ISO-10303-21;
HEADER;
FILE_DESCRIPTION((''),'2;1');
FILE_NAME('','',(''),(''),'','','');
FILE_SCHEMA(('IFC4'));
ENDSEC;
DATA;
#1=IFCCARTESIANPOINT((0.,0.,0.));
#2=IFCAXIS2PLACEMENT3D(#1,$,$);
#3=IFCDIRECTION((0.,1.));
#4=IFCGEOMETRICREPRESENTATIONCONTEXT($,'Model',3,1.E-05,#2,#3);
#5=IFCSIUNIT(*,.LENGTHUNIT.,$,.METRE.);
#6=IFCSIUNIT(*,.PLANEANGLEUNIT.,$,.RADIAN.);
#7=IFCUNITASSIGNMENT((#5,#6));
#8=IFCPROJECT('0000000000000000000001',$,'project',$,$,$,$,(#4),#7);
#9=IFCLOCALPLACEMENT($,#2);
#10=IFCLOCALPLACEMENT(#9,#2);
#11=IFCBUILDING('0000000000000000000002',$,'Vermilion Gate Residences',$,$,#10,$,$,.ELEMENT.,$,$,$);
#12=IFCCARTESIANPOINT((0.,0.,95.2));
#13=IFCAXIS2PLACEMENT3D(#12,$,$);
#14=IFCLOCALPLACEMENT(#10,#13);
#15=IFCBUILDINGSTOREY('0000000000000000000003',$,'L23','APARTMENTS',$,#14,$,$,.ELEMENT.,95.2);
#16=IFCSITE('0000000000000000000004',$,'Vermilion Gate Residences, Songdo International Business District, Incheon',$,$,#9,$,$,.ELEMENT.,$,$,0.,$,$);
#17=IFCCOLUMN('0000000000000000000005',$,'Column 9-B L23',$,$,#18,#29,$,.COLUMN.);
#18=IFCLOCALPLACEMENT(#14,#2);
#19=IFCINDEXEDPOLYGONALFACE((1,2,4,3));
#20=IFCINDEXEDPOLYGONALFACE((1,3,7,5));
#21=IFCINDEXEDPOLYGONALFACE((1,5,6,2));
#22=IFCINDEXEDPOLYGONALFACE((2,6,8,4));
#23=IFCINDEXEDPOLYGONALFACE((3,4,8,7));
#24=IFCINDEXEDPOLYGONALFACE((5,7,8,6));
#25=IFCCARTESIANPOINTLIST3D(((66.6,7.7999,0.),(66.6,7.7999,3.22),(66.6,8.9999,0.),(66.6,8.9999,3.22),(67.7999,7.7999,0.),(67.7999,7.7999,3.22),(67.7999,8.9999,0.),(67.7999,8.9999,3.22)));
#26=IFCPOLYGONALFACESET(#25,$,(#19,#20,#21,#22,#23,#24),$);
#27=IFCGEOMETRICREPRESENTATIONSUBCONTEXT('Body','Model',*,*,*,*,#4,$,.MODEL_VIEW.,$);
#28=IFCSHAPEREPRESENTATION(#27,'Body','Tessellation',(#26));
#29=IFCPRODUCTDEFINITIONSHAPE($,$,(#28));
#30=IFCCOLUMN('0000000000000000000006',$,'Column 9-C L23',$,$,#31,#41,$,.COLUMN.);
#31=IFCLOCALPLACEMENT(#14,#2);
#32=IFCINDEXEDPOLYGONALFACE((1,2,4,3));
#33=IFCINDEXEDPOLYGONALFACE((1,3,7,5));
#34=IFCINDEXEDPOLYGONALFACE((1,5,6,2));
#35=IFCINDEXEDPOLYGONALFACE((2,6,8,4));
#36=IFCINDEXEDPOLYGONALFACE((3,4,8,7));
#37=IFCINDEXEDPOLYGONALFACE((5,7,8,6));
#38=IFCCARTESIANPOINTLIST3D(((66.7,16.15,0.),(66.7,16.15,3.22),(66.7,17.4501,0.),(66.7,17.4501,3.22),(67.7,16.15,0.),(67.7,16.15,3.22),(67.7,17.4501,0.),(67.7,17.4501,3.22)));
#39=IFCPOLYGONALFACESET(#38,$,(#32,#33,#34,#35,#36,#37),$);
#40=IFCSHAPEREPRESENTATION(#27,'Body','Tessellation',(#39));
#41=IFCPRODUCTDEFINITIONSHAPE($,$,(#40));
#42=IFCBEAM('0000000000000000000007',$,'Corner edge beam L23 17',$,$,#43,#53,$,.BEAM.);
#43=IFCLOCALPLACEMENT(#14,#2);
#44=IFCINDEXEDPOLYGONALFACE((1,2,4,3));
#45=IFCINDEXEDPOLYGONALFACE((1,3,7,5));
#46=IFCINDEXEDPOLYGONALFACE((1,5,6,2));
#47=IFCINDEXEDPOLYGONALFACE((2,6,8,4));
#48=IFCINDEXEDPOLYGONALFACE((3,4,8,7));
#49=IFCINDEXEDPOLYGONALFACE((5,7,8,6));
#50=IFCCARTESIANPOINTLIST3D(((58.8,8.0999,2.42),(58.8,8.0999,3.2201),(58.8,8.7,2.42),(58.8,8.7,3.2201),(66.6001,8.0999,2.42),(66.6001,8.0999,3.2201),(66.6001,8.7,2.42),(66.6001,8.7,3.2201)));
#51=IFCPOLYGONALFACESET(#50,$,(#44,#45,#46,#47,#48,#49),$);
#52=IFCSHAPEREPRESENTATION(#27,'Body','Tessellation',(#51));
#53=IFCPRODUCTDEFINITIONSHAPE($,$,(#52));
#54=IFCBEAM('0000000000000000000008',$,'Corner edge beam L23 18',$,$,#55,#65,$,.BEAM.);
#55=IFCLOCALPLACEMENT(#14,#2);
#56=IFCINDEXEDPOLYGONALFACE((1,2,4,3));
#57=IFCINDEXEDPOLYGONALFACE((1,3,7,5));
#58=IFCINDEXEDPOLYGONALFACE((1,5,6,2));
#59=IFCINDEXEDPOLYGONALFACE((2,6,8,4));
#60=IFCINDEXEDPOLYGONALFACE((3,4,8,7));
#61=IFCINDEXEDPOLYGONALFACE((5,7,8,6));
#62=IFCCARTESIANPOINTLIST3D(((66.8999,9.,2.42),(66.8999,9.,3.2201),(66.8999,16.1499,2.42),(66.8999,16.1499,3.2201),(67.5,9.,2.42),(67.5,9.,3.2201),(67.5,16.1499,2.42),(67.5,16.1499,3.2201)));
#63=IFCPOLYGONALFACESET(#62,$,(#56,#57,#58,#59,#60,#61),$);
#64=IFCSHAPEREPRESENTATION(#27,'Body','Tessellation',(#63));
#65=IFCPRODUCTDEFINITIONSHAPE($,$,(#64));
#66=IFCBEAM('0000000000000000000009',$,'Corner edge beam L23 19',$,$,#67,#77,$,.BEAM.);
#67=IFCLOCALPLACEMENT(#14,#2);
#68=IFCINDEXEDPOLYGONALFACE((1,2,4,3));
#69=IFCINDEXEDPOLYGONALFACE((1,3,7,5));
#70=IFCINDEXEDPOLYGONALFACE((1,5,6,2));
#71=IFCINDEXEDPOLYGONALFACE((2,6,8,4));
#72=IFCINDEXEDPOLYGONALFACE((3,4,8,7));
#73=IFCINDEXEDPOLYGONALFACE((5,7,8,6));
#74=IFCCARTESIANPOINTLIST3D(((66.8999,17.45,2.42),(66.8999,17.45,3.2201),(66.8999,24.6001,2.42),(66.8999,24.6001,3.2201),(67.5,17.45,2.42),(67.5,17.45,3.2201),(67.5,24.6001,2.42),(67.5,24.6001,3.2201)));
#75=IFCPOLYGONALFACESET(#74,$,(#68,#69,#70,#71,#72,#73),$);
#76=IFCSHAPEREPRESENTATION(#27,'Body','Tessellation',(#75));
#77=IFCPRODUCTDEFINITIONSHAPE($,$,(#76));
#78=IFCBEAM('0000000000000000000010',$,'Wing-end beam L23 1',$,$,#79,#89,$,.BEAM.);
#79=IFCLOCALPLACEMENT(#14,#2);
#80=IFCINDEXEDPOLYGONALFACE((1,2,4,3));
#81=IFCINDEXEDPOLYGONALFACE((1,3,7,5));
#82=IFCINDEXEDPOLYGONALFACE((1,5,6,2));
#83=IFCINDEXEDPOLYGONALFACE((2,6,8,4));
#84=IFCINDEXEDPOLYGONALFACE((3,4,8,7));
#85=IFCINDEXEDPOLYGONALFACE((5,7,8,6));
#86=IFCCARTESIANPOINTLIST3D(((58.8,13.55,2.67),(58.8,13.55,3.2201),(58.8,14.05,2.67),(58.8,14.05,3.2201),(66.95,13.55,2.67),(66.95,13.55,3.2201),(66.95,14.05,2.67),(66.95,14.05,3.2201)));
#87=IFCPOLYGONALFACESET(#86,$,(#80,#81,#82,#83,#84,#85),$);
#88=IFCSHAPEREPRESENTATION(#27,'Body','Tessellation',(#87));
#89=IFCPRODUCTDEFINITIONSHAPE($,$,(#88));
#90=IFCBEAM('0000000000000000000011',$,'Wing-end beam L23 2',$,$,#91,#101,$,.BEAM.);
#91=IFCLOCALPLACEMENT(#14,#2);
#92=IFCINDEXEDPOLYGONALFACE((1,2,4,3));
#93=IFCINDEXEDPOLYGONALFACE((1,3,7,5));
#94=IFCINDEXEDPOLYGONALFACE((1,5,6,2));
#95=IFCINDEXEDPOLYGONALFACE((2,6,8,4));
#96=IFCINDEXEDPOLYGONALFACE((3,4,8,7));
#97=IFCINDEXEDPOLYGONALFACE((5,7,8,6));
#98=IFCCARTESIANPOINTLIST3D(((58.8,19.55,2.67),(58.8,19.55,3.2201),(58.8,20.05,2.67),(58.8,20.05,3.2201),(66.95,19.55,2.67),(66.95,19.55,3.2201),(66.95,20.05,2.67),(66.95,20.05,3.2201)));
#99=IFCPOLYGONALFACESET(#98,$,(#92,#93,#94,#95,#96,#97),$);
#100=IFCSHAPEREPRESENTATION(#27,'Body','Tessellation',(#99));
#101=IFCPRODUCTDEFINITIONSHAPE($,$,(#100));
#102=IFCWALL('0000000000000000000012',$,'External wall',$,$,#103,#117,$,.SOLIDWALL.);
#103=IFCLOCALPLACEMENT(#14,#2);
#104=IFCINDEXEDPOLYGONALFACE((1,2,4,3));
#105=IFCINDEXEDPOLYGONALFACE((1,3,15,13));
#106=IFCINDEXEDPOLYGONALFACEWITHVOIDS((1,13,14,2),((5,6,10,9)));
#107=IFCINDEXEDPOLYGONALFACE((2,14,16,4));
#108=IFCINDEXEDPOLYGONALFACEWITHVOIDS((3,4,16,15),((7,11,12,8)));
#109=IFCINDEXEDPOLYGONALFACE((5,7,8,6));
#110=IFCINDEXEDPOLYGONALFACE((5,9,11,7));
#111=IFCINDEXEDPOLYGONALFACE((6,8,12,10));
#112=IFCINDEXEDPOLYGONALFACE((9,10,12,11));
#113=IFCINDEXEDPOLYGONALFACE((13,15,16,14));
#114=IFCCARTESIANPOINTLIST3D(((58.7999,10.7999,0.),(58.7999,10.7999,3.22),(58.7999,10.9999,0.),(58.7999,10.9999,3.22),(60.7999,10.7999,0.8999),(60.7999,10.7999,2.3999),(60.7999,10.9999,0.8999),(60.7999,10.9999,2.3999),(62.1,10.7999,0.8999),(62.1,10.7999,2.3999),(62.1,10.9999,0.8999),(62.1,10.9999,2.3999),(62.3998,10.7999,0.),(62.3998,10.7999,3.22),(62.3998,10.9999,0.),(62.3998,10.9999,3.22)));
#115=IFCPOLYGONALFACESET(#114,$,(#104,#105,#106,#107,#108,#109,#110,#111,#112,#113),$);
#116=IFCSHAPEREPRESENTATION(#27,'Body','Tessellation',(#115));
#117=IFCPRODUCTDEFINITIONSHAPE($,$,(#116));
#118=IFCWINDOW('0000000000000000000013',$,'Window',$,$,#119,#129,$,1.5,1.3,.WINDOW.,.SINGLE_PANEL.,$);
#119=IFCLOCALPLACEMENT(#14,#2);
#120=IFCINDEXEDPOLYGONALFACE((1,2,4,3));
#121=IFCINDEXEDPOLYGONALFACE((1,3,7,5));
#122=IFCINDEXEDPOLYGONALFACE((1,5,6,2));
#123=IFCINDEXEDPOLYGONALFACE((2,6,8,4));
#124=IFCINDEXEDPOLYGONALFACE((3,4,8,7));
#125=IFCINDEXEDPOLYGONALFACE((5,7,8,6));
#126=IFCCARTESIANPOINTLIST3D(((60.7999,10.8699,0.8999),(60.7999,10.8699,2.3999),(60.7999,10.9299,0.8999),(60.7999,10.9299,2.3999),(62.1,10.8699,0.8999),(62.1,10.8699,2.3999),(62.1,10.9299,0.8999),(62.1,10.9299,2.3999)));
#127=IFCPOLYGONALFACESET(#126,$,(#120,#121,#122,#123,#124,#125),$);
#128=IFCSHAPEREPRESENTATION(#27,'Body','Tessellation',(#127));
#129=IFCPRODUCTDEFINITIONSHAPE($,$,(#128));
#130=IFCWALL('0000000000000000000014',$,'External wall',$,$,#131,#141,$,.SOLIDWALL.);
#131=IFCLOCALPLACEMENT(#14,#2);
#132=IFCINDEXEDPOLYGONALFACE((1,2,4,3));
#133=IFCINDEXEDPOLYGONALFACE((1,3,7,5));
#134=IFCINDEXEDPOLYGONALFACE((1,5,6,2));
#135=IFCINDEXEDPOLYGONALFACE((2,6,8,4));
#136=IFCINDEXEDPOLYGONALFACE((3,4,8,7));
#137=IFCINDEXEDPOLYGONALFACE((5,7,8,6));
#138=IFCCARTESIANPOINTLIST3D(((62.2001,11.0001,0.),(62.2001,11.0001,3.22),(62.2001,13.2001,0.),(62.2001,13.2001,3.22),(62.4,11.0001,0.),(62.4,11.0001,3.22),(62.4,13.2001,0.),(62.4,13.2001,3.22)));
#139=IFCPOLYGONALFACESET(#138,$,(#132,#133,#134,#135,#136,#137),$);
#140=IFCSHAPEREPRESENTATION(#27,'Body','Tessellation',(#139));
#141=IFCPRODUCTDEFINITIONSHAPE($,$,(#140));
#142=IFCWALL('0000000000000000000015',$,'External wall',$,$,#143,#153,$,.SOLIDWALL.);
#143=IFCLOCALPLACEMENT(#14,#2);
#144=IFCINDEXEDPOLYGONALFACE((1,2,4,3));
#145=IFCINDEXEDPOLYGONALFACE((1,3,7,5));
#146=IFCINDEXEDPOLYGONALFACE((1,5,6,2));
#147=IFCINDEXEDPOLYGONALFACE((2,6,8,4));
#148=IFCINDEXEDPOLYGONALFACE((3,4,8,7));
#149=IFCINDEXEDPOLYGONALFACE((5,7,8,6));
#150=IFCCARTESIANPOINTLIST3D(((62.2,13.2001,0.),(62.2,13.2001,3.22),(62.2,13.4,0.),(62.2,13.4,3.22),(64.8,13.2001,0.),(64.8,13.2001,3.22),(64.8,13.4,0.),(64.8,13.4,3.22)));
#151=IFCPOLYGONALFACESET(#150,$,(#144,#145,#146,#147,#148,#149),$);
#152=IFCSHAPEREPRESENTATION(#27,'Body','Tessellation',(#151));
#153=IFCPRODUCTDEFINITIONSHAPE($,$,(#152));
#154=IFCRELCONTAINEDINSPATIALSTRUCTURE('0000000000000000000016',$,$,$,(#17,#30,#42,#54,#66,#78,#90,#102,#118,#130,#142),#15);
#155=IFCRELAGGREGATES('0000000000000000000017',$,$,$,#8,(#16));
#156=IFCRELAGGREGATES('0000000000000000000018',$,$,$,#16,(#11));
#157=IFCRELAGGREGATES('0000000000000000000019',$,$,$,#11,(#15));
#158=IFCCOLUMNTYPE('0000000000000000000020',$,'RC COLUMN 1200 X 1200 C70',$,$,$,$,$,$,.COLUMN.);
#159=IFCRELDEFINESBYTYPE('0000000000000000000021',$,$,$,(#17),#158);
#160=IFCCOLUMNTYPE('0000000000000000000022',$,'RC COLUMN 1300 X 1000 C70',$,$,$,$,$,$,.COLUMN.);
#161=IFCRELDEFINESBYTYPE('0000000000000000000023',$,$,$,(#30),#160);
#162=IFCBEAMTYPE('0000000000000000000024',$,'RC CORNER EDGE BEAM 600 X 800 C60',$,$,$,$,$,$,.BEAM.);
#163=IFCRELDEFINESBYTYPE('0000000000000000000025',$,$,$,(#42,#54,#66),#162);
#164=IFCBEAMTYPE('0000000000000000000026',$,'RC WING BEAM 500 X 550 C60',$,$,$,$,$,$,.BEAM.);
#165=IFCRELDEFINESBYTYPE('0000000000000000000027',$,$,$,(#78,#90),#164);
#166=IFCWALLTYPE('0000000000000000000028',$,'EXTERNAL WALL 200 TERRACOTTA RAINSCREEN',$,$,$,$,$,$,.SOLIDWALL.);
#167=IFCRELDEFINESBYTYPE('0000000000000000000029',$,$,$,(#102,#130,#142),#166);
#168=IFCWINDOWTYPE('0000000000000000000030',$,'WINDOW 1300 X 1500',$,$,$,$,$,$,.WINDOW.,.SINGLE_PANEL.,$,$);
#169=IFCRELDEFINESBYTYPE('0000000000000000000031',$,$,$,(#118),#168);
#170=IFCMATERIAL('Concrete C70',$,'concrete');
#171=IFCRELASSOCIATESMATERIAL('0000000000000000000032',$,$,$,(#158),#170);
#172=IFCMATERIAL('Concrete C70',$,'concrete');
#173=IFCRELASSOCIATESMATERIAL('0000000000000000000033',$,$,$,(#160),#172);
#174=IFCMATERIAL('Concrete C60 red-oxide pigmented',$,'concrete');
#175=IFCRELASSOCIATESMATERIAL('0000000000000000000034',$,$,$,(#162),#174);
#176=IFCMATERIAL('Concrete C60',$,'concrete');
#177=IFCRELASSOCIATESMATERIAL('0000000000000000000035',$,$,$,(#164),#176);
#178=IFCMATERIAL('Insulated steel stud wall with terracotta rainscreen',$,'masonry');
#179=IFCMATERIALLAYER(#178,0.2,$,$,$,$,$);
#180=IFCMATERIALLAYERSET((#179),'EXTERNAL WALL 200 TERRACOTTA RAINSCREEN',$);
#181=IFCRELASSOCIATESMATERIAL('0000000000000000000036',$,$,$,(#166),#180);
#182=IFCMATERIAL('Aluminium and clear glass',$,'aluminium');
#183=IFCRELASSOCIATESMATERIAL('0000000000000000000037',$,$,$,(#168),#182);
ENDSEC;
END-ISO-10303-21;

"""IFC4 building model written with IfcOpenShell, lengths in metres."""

from ifc_helpers import new_model, si_unit, direction, frame, frame_2d, origin, origin_2d, place, context, subcontext, project, spatial, rectangle, extrude, material, layer, layer_set, material_profile, profile_set, type_object, element, fill, save


model = new_model("IFC4")

# Units and contexts
model_context = context("Model", 3, precision=1e-05, world=origin(), true_north=direction((0.0, 1.0)))
body_context = subcontext(model_context, "Body", "Model", "MODEL_VIEW")
ifc_project = project(units=[si_unit("LENGTHUNIT", "METRE"), si_unit("PLANEANGLEUNIT", "RADIAN")], contexts=[model_context])

# Site, building, storey
site_placement = place(None, origin())
site = spatial("IfcSite", under=ifc_project, at=site_placement, Name="Vermilion Gate Residences, Songdo International Business District, Incheon", CompositionType="ELEMENT", RefElevation=0.0)
building_placement = place(site_placement, origin())
building = spatial("IfcBuilding", under=site, at=building_placement, Name="Vermilion Gate Residences", CompositionType="ELEMENT")
storey_placement = place(building_placement, frame((0.0, 0.0, 95.2)))
storey = spatial("IfcBuildingStorey", under=building, at=storey_placement, Name="L23", Description="APARTMENTS", CompositionType="ELEMENT", Elevation=95.2)

# Columns
ifc_material_1 = material(Name="Concrete C70", Category="concrete")
ifc_material_profile_1 = material_profile(ifc_material_1, rectangle(XDim=1.2, YDim=1.2, at=origin_2d()), Name="RC-1200x1200")
ifc_profile_set_1 = profile_set([ifc_material_profile_1], Name="Concrete C70")
column_type_1 = type_object("IfcColumnType", Name="RC COLUMN 1200 X 1200 C70", PredefinedType="COLUMN", material=ifc_profile_set_1)
column_1_placement = place(storey_placement, frame((67.2, 8.3999, 0.0), z_axis=(0.0, 0.0, 1.0), x_axis=(1.0, 0.0, 0.0)))
element("IfcColumn", 1, at=column_1_placement, inside=storey, type_object=column_type_1, Name="Column 9-B L23", PredefinedType="COLUMN", context=body_context, shape_type="SweptSolid", body=[
    extrude(rectangle(XDim=1.2, YDim=1.2, at=origin_2d()), origin(), (0.0, 0.0, 1.0), 3.22),
])
ifc_material_2 = material(Name="Concrete C70", Category="concrete")
ifc_material_profile_2 = material_profile(ifc_material_2, rectangle(XDim=1.3, YDim=1.0, at=origin_2d()), Name="RC-1300x1000")
ifc_profile_set_2 = profile_set([ifc_material_profile_2], Name="Concrete C70")
column_type_2 = type_object("IfcColumnType", Name="RC COLUMN 1300 X 1000 C70", PredefinedType="COLUMN", material=ifc_profile_set_2)
column_2_placement = place(storey_placement, frame((67.2, 16.8, 0.0), z_axis=(0.0, 0.0, 1.0), x_axis=(0.0, 1.0, 0.0)))
element("IfcColumn", 2, at=column_2_placement, inside=storey, type_object=column_type_2, Name="Column 9-C L23", PredefinedType="COLUMN", context=body_context, shape_type="SweptSolid", body=[
    extrude(rectangle(XDim=1.3, YDim=1.0, at=origin_2d()), origin(), (0.0, 0.0, 1.0), 3.22),
])

# Beams
ifc_material_3 = material(Name="Concrete C60 red-oxide pigmented", Category="concrete")
ifc_material_profile_3 = material_profile(ifc_material_3, rectangle(XDim=0.6001, YDim=0.8, at=origin_2d()), Name="RC-600x800")
ifc_profile_set_3 = profile_set([ifc_material_profile_3], Name="Concrete C60 red-oxide pigmented")
beam_type_1 = type_object("IfcBeamType", Name="RC CORNER EDGE BEAM 600 X 800 C60", PredefinedType="BEAM", material=ifc_profile_set_3)
beam_1_placement = place(storey_placement, frame((58.8, 8.3999, 2.8201), z_axis=(1.0, 0.0, 0.0), x_axis=(0.0, 1.0, 0.0)))
element("IfcBeam", 3, at=beam_1_placement, inside=storey, type_object=beam_type_1, Name="Corner edge beam L23 17", PredefinedType="BEAM", context=body_context, shape_type="SweptSolid", body=[
    extrude(rectangle(XDim=0.6001, YDim=0.8, at=origin_2d()), origin(), (0.0, 0.0, 1.0), 7.8),
])
beam_2_placement = place(storey_placement, frame((67.2, 9.0, 2.8201), z_axis=(0.0, 1.0, 0.0), x_axis=(-1.0, 0.0, 0.0)))
element("IfcBeam", 4, at=beam_2_placement, inside=storey, type_object=beam_type_1, Name="Corner edge beam L23 18", PredefinedType="BEAM", context=body_context, shape_type="SweptSolid", body=[
    extrude(rectangle(XDim=0.6001, YDim=0.8, at=origin_2d()), origin(), (0.0, 0.0, 1.0), 7.1499),
])
beam_3_placement = place(storey_placement, frame((67.2, 17.45, 2.8201), z_axis=(0.0, 1.0, 0.0), x_axis=(-1.0, 0.0, 0.0)))
element("IfcBeam", 5, at=beam_3_placement, inside=storey, type_object=beam_type_1, Name="Corner edge beam L23 19", PredefinedType="BEAM", context=body_context, shape_type="SweptSolid", body=[
    extrude(rectangle(XDim=0.6001, YDim=0.8, at=origin_2d()), origin(), (0.0, 0.0, 1.0), 7.1501),
])
ifc_material_4 = material(Name="Concrete C60", Category="concrete")
ifc_material_profile_4 = material_profile(ifc_material_4, rectangle(XDim=0.5, YDim=0.55, at=origin_2d()), Name="RC-500x550")
ifc_profile_set_4 = profile_set([ifc_material_profile_4], Name="Concrete C60")
beam_type_2 = type_object("IfcBeamType", Name="RC WING BEAM 500 X 550 C60", PredefinedType="BEAM", material=ifc_profile_set_4)
for number, where, z_axis, x_axis, name in (
    (6, (58.8, 13.8, 2.9451), (1.0, 0.0, 0.0), (0.0, 1.0, 0.0), "Wing-end beam L23 1"),
    (7, (58.8, 19.8, 2.9451), (1.0, 0.0, 0.0), (0.0, 1.0, 0.0), "Wing-end beam L23 2"),
):
    element("IfcBeam", number, at=place(storey_placement, frame(where, z_axis=z_axis, x_axis=x_axis)), inside=storey, type_object=beam_type_2, Name=name, PredefinedType="BEAM", context=body_context, shape_type="SweptSolid", body=[
        extrude(rectangle(XDim=0.5, YDim=0.55, at=origin_2d()), origin(), (0.0, 0.0, 1.0), 8.1499),
    ])

# Wall, opening, window
ifc_material_5 = material(Name="Insulated steel stud wall with terracotta rainscreen", Category="masonry")
ifc_layer_1 = layer(ifc_material_5, 0.2)
ifc_layer_set_1 = layer_set([ifc_layer_1], Name="EXTERNAL WALL 200 TERRACOTTA RAINSCREEN")
wall_type_1 = type_object("IfcWallType", Name="EXTERNAL WALL 200 TERRACOTTA RAINSCREEN", PredefinedType="SOLIDWALL", material=ifc_layer_set_1)
wall_1_placement = place(storey_placement, frame((58.8, 10.8999, 0.0), z_axis=(0.0, 0.0, 1.0), x_axis=(1.0, 0.0, 0.0)))
wall_1 = element("IfcWall", 8, at=wall_1_placement, inside=storey, type_object=wall_type_1, Name="External wall", PredefinedType="SOLIDWALL", context=body_context, shape_type="SweptSolid", body=[
    extrude(rectangle(XDim=3.5999, YDim=0.2, at=frame_2d((1.7998, 0.0))), origin(), (0.0, 0.0, 1.0), 3.22),
])
opening_1_placement = place(wall_1_placement, frame((2.0, 0.0, 0.8999)))
opening_1 = element("IfcOpeningElement", 9, at=opening_1_placement, cuts=wall_1, PredefinedType="OPENING", context=body_context, shape_type="SweptSolid", body=[
    extrude(rectangle(XDim=1.3, YDim=1.5, at=frame_2d((0.6499, 0.75))), frame((0.0, 0.1099, 0.0), z_axis=(0.0, -1.0, 0.0), x_axis=(1.0, 0.0, 0.0)), (0.0, 0.0, 1.0), 0.22),
])
ifc_material_6 = material(Name="Aluminium and clear glass", Category="aluminium")
window_type_1 = type_object("IfcWindowType", Name="WINDOW 1300 X 1500", PartitioningType="SINGLE_PANEL", PredefinedType="WINDOW", material=ifc_material_6)
window_1_placement = place(opening_1_placement, origin())
window_1 = element("IfcWindow", 10, at=window_1_placement, inside=storey, type_object=window_type_1, Name="Window", OverallHeight=1.5, OverallWidth=1.3, PartitioningType="SINGLE_PANEL", PredefinedType="WINDOW", context=body_context, shape_type="SweptSolid", body=[
    extrude(rectangle(XDim=1.3, YDim=1.5, at=frame_2d((0.6499, 0.75))), frame((0.0, 0.03, 0.0), z_axis=(0.0, -1.0, 0.0), x_axis=(1.0, 0.0, 0.0)), (0.0, 0.0, 1.0), 0.0601),
])
fill(opening_1, window_1)

# Walls
wall_2_placement = place(storey_placement, frame((62.3, 11.0, 0.0), z_axis=(0.0, 0.0, 1.0), x_axis=(0.0, 1.0, 0.0)))
element("IfcWall", 11, at=wall_2_placement, inside=storey, type_object=wall_type_1, Name="External wall", PredefinedType="SOLIDWALL", context=body_context, shape_type="SweptSolid", body=[
    extrude(rectangle(XDim=2.2, YDim=0.2, at=frame_2d((1.1001, 0.0))), origin(), (0.0, 0.0, 1.0), 3.22),
])
wall_3_placement = place(storey_placement, frame((62.2, 13.3, 0.0), z_axis=(0.0, 0.0, 1.0), x_axis=(1.0, 0.0, 0.0)))
element("IfcWall", 12, at=wall_3_placement, inside=storey, type_object=wall_type_1, Name="External wall", PredefinedType="SOLIDWALL", context=body_context, shape_type="SweptSolid", body=[
    extrude(rectangle(XDim=2.6001, YDim=0.2, at=frame_2d((1.3, 0.0))), origin(), (0.0, 0.0, 1.0), 3.22),
])

save(model, "model.ifc")
